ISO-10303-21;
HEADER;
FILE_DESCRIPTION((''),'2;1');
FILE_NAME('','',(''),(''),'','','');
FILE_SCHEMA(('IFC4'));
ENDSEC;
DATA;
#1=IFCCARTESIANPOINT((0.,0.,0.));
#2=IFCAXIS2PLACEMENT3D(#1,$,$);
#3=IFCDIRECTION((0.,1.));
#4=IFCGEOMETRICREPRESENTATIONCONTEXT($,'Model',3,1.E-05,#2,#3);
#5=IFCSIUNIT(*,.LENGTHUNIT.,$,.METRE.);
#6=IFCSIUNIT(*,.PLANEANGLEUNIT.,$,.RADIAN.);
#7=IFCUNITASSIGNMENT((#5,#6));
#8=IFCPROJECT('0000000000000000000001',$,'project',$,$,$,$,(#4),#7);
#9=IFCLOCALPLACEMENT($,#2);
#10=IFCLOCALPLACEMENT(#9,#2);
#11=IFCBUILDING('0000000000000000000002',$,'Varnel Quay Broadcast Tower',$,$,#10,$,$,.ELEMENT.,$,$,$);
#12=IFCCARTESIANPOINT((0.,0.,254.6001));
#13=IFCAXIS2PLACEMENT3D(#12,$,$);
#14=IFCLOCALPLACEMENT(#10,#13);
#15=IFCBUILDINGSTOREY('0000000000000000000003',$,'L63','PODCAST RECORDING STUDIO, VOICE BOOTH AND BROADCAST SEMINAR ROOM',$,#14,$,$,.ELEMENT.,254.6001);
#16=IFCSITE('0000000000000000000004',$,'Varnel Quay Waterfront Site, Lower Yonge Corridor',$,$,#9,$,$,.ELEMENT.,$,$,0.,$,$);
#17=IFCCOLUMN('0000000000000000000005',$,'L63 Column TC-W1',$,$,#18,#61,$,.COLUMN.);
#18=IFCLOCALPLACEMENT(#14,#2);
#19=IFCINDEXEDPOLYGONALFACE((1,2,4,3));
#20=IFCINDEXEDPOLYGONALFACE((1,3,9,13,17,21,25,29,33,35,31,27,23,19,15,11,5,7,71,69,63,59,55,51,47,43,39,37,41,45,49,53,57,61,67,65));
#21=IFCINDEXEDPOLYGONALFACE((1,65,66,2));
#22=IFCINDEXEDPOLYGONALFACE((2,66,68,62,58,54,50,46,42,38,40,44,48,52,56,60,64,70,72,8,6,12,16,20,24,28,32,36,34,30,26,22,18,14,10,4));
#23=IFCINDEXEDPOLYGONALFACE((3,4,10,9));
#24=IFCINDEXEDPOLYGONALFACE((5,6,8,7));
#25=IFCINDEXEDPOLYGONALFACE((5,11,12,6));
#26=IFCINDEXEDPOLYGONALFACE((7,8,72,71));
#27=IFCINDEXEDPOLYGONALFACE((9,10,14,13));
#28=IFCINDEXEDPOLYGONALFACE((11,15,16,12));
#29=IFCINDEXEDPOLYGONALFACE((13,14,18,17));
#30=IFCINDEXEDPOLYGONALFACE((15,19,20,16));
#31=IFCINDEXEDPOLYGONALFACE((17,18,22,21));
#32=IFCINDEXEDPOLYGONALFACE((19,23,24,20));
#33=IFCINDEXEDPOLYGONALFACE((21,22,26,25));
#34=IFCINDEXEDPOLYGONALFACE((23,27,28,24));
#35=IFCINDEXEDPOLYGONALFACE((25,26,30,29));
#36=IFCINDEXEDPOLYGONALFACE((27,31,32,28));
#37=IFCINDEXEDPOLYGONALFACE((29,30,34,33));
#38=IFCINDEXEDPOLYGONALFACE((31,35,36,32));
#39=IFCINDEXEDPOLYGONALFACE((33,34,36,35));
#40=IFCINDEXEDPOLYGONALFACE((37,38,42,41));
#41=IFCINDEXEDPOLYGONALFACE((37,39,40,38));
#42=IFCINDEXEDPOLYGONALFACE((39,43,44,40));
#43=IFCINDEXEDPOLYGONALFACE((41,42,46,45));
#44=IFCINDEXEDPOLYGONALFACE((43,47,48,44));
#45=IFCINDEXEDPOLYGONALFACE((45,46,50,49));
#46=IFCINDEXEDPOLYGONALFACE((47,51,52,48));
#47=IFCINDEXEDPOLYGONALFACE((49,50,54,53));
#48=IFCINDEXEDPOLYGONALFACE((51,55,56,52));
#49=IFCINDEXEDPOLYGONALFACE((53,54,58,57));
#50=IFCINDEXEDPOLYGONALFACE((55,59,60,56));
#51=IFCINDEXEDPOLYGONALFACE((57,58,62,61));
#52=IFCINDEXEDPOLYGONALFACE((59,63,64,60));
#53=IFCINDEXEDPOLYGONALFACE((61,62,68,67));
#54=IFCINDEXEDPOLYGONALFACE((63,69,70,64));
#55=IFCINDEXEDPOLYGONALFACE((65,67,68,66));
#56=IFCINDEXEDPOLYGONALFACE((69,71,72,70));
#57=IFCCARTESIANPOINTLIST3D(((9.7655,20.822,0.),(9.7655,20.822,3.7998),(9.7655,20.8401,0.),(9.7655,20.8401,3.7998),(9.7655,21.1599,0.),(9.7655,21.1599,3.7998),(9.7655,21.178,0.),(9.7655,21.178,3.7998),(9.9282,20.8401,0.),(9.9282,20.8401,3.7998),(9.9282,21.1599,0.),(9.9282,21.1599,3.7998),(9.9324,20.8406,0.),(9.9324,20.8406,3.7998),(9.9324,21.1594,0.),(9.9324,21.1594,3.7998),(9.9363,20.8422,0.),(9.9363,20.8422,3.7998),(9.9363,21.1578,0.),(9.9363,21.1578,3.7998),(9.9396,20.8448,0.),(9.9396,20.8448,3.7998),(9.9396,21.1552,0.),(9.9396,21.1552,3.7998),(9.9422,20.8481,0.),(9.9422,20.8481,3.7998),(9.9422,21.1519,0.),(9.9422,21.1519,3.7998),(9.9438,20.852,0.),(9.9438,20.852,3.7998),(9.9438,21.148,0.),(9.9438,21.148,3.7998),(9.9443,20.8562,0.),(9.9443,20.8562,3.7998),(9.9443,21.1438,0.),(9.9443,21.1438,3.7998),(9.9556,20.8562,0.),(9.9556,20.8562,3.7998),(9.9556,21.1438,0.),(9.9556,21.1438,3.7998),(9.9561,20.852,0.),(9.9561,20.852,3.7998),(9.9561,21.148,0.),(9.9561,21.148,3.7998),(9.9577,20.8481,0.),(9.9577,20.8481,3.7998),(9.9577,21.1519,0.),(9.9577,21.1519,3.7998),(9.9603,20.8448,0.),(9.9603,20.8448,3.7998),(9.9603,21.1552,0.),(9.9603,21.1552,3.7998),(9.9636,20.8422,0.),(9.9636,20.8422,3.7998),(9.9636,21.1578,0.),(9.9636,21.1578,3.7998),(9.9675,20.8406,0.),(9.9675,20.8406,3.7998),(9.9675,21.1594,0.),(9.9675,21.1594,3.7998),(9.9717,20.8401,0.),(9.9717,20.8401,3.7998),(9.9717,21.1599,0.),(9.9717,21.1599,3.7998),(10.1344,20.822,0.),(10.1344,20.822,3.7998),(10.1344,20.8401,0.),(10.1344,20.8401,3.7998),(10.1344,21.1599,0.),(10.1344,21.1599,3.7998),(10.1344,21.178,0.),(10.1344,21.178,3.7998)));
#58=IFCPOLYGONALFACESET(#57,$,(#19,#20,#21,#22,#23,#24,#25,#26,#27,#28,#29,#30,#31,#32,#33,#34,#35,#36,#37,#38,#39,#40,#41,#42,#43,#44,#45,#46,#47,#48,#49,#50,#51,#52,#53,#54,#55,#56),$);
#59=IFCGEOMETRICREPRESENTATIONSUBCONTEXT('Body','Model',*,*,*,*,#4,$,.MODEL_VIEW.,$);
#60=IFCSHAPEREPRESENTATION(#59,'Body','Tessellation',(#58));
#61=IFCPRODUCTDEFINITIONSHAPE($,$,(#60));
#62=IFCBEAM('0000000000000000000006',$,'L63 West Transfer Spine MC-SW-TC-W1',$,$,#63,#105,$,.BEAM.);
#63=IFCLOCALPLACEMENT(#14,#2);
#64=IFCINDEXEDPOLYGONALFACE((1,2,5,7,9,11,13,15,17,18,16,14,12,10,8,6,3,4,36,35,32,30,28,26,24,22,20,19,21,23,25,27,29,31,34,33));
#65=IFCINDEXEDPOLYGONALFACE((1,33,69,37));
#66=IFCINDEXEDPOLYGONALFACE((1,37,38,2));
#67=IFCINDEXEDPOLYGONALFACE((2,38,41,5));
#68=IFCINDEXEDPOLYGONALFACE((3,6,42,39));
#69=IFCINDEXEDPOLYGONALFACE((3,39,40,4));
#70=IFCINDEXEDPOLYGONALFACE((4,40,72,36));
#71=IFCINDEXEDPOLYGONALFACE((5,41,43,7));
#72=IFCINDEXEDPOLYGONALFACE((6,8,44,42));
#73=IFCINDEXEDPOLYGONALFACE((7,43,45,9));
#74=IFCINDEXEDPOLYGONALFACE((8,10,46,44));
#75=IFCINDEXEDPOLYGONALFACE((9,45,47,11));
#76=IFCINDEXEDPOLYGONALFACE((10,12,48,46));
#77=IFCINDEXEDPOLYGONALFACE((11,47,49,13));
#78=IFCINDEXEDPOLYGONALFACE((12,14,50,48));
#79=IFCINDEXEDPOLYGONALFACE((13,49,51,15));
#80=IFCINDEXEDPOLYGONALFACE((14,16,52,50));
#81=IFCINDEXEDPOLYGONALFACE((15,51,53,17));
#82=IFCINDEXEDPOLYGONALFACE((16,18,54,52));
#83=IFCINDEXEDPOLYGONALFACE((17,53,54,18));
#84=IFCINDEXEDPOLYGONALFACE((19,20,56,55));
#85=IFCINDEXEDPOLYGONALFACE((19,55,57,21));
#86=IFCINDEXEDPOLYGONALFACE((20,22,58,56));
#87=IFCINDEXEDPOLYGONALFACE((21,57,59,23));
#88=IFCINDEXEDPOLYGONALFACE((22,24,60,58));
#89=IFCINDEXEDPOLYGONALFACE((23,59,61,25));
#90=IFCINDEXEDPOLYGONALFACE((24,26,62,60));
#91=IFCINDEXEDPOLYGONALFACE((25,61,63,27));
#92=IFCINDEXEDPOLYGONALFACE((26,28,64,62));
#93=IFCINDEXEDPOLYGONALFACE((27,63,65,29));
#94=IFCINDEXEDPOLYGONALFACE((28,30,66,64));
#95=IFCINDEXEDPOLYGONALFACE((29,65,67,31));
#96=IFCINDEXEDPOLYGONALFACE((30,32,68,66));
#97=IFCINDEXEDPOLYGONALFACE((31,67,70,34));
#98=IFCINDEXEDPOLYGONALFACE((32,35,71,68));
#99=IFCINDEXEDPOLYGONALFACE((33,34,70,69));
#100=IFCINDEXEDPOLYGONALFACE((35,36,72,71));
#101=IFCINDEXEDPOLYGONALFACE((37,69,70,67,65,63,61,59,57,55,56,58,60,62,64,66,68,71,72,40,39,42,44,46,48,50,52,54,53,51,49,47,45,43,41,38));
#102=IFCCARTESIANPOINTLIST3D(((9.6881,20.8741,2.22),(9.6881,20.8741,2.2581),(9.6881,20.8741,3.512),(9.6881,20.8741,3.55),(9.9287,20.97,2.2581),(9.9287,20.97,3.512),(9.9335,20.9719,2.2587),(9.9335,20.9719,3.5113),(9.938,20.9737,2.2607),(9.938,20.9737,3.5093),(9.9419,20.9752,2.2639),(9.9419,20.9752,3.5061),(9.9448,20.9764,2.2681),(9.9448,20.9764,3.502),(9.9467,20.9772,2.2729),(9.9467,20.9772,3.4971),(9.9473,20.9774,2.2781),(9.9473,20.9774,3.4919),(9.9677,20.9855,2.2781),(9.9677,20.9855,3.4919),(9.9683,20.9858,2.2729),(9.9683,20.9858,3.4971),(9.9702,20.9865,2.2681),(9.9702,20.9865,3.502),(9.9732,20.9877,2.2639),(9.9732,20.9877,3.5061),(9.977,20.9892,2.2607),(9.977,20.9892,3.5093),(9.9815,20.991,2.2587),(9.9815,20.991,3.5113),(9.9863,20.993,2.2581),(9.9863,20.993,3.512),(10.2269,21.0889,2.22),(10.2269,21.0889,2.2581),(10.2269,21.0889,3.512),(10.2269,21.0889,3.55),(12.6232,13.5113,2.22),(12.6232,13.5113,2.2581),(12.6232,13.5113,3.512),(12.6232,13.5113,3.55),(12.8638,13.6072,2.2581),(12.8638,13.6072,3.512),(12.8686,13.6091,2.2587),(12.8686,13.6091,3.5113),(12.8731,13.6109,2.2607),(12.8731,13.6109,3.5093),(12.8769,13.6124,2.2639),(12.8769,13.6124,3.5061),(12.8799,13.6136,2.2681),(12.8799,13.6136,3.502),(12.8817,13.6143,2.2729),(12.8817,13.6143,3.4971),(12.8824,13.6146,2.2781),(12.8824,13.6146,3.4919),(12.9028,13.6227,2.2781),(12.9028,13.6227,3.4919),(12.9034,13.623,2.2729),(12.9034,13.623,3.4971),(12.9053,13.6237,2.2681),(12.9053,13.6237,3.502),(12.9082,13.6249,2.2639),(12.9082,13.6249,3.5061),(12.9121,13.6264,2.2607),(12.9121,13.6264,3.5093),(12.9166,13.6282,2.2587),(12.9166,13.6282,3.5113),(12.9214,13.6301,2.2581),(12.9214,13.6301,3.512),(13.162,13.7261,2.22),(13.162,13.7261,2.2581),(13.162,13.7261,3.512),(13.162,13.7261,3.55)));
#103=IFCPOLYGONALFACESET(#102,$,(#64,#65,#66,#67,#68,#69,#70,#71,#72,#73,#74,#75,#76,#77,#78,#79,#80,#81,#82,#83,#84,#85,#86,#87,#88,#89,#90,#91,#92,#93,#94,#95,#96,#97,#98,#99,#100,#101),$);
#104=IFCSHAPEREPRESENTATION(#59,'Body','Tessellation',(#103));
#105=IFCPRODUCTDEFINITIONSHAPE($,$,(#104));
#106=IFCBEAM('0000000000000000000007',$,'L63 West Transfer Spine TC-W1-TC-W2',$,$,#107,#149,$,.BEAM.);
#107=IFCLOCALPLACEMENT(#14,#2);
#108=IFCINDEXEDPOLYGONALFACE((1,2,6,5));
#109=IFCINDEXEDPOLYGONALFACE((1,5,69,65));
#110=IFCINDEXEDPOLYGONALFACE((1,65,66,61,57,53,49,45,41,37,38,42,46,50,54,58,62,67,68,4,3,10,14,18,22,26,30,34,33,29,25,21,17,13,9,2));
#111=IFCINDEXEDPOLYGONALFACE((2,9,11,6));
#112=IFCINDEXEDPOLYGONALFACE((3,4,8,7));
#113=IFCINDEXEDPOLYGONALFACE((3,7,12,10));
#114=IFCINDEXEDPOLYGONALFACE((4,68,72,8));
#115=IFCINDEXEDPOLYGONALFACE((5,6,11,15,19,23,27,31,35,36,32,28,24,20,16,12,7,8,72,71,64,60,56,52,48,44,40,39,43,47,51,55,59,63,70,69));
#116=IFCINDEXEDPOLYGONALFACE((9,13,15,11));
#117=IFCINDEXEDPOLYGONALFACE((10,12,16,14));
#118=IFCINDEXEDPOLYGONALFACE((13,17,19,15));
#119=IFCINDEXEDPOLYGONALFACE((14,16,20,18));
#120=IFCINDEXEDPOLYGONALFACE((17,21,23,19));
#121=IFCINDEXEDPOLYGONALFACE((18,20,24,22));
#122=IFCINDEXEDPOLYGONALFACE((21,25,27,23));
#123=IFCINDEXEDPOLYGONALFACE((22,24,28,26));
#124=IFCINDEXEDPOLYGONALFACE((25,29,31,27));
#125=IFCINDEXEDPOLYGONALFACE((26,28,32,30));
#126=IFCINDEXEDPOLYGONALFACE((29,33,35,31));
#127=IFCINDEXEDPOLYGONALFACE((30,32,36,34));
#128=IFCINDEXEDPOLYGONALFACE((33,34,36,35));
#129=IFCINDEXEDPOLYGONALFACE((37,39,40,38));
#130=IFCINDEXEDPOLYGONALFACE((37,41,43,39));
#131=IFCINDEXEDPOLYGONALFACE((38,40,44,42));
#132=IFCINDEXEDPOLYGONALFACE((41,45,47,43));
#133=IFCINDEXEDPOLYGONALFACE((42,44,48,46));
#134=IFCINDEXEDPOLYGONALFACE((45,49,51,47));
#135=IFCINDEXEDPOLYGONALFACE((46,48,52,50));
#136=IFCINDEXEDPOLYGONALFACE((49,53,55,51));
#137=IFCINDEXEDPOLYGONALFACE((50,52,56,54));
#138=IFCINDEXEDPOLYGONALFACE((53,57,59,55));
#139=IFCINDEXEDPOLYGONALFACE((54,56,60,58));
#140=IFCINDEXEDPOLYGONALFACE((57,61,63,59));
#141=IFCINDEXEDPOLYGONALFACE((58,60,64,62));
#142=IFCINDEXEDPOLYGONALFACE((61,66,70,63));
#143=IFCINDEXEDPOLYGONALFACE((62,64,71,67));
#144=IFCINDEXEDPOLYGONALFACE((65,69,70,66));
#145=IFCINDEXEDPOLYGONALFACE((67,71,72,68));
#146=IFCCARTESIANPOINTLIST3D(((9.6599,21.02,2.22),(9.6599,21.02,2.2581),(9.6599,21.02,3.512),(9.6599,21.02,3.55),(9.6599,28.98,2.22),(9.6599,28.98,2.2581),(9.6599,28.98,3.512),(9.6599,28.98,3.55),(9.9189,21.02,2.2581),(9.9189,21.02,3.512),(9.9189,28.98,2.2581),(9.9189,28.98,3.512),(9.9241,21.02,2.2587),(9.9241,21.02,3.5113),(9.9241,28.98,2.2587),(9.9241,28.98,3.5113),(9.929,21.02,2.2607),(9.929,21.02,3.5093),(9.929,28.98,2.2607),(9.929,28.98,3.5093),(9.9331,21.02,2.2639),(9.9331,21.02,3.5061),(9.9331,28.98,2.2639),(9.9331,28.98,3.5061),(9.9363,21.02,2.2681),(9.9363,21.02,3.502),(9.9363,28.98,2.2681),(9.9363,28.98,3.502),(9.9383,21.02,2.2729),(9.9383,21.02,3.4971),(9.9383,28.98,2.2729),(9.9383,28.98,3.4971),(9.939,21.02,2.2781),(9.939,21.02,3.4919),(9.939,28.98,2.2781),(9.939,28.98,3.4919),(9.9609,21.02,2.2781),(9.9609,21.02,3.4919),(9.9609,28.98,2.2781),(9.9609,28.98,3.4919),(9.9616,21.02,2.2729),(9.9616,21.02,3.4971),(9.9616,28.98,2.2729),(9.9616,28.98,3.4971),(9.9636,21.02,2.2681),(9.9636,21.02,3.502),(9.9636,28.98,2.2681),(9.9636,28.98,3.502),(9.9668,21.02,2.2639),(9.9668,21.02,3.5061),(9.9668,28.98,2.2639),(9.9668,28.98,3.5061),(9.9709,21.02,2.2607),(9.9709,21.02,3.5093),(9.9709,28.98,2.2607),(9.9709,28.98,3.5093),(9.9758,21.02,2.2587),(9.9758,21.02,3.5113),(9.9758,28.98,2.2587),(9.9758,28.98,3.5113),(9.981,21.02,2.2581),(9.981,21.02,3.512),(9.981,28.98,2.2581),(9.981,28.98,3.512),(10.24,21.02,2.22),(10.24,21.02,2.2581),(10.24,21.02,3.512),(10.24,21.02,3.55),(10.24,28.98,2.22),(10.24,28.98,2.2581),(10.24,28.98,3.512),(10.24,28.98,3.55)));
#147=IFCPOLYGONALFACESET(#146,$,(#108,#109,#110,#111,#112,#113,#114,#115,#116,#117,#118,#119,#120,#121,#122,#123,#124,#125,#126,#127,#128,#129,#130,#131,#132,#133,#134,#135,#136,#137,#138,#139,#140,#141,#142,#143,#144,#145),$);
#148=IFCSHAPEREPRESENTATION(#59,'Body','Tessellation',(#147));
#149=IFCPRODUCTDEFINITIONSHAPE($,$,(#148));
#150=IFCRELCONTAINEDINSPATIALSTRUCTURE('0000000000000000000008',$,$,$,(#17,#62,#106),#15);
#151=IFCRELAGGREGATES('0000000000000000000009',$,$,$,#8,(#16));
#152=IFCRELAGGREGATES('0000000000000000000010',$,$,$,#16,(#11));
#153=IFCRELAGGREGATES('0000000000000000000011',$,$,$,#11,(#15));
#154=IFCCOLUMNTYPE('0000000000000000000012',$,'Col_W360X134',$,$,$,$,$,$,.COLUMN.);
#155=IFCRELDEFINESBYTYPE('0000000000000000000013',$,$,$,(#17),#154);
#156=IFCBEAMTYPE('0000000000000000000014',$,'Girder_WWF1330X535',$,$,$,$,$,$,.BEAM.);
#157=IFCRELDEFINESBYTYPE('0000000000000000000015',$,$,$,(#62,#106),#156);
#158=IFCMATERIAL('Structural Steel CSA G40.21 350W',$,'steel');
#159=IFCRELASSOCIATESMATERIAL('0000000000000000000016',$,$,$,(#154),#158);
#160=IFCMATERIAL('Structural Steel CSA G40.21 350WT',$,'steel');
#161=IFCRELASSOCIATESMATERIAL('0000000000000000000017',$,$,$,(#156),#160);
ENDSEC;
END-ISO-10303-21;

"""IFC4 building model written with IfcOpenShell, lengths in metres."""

from ifc_helpers import new_model, si_unit, direction, frame, origin, origin_2d, place, context, subcontext, project, spatial, i_section, extrude, source, transform, mapped, material, material_profile, profile_set, type_object, type_shapes, element, save


model = new_model("IFC4")

# Units and contexts
model_context = context("Model", 3, precision=1e-05, world=origin(), true_north=direction((0.0, 1.0)))
body_context = subcontext(model_context, "Body", "Model", "MODEL_VIEW")
ifc_project = project(units=[si_unit("LENGTHUNIT", "METRE"), si_unit("PLANEANGLEUNIT", "RADIAN")], contexts=[model_context])

# Site, building, storey
site_placement = place(None, origin())
site = spatial("IfcSite", under=ifc_project, at=site_placement, Name="Varnel Quay Waterfront Site, Lower Yonge Corridor", CompositionType="ELEMENT", RefElevation=0.0)
building_placement = place(site_placement, origin())
building = spatial("IfcBuilding", under=site, at=building_placement, Name="Varnel Quay Broadcast Tower", CompositionType="ELEMENT")
storey_placement = place(building_placement, frame((0.0, 0.0, 254.6001)))
storey = spatial("IfcBuildingStorey", under=building, at=storey_placement, Name="L63", Description="PODCAST RECORDING STUDIO, VOICE BOOTH AND BROADCAST SEMINAR ROOM", CompositionType="ELEMENT", Elevation=254.6001)

# Column
ifc_material_1 = material(Name="Structural Steel CSA G40.21 350W", Category="steel")
ifc_material_profile_1 = material_profile(ifc_material_1, i_section(OverallWidth=0.3689, OverallDepth=0.356, WebThickness=0.0112, FlangeThickness=0.0181, FilletRadius=0.0161, at=origin_2d()), Name="W360X134")
ifc_profile_set_1 = profile_set([ifc_material_profile_1], Name="Structural Steel CSA G40.21 350W")
column_type = type_object("IfcColumnType", Name="Col_W360X134", PredefinedType="COLUMN", material=ifc_profile_set_1)
shared_shape_1 = source(origin(), body_context, "Body", "SweptSolid", [
    extrude(i_section(OverallWidth=0.3689, OverallDepth=0.356, WebThickness=0.0112, FlangeThickness=0.0181, FilletRadius=0.0161, at=origin_2d()), origin(), (0.0, 0.0, 1.0), 3.7998),
])
type_shapes(column_type, [shared_shape_1])
column_placement = place(storey_placement, frame((9.95, 21.0, 0.0), z_axis=(0.0, 0.0, 1.0), x_axis=(1.0, 0.0, 0.0)))
element("IfcColumn", 1, at=column_placement, inside=storey, type_object=column_type, Name="L63 Column TC-W1", PredefinedType="COLUMN", context=body_context, shape_type="MappedRepresentation", body=[
    mapped(shared_shape_1, transform((0.0, 0.0, 0.0), x_axis=(1.0, 0.0, 0.0), y_axis=(0.0, 1.0, 0.0), z_axis=(0.0, 0.0, 1.0), scale=1.0)),
])

# Beams
ifc_material_2 = material(Name="Structural Steel CSA G40.21 350WT", Category="steel")
ifc_material_profile_2 = material_profile(ifc_material_2, i_section(OverallWidth=0.5801, OverallDepth=1.3301, WebThickness=0.022, FlangeThickness=0.0381, FilletRadius=0.02, at=origin_2d()), Name="WWF1330X535")
ifc_profile_set_2 = profile_set([ifc_material_profile_2], Name="Structural Steel CSA G40.21 350WT")
beam_type_1 = type_object("IfcBeamType", Name="Girder_WWF1330X535", PredefinedType="BEAM", material=ifc_profile_set_2)
shared_shape_2 = source(origin(), body_context, "Body", "SweptSolid", [
    extrude(i_section(OverallWidth=0.5801, OverallDepth=1.3301, WebThickness=0.022, FlangeThickness=0.0381, FilletRadius=0.02, at=origin_2d()), origin(), (0.0, 0.0, 1.0), 7.9263),
])
beam_1_placement = place(storey_placement, frame((12.8926, 13.6187, 2.885), z_axis=(-0.370296, 0.928914, 0.0), x_axis=(-0.928914, -0.370296, 0.0)))
element("IfcBeam", 2, at=beam_1_placement, inside=storey, type_object=beam_type_1, Name="L63 West Transfer Spine MC-SW-TC-W1", PredefinedType="BEAM", context=body_context, shape_type="MappedRepresentation", body=[
    mapped(shared_shape_2, transform((0.0, 0.0, 0.0), x_axis=(1.0, 0.0, 0.0), y_axis=(0.0, 1.0, 0.0), z_axis=(0.0, 0.0, 1.0), scale=1.0)),
])
shared_shape_3 = source(origin(), body_context, "Body", "SweptSolid", [
    extrude(i_section(OverallWidth=0.5801, OverallDepth=1.3301, WebThickness=0.022, FlangeThickness=0.0381, FilletRadius=0.02, at=origin_2d()), origin(), (0.0, 0.0, 1.0), 7.96),
])
beam_2_placement = place(storey_placement, frame((9.95, 21.02, 2.885), z_axis=(0.0, 1.0, 0.0), x_axis=(-1.0, 0.0, 0.0)))
element("IfcBeam", 3, at=beam_2_placement, inside=storey, type_object=beam_type_1, Name="L63 West Transfer Spine TC-W1-TC-W2", PredefinedType="BEAM", context=body_context, shape_type="MappedRepresentation", body=[
    mapped(shared_shape_3, transform((0.0, 0.0, 0.0), x_axis=(1.0, 0.0, 0.0), y_axis=(0.0, 1.0, 0.0), z_axis=(0.0, 0.0, 1.0), scale=1.0)),
])

save(model, "model.ifc")
